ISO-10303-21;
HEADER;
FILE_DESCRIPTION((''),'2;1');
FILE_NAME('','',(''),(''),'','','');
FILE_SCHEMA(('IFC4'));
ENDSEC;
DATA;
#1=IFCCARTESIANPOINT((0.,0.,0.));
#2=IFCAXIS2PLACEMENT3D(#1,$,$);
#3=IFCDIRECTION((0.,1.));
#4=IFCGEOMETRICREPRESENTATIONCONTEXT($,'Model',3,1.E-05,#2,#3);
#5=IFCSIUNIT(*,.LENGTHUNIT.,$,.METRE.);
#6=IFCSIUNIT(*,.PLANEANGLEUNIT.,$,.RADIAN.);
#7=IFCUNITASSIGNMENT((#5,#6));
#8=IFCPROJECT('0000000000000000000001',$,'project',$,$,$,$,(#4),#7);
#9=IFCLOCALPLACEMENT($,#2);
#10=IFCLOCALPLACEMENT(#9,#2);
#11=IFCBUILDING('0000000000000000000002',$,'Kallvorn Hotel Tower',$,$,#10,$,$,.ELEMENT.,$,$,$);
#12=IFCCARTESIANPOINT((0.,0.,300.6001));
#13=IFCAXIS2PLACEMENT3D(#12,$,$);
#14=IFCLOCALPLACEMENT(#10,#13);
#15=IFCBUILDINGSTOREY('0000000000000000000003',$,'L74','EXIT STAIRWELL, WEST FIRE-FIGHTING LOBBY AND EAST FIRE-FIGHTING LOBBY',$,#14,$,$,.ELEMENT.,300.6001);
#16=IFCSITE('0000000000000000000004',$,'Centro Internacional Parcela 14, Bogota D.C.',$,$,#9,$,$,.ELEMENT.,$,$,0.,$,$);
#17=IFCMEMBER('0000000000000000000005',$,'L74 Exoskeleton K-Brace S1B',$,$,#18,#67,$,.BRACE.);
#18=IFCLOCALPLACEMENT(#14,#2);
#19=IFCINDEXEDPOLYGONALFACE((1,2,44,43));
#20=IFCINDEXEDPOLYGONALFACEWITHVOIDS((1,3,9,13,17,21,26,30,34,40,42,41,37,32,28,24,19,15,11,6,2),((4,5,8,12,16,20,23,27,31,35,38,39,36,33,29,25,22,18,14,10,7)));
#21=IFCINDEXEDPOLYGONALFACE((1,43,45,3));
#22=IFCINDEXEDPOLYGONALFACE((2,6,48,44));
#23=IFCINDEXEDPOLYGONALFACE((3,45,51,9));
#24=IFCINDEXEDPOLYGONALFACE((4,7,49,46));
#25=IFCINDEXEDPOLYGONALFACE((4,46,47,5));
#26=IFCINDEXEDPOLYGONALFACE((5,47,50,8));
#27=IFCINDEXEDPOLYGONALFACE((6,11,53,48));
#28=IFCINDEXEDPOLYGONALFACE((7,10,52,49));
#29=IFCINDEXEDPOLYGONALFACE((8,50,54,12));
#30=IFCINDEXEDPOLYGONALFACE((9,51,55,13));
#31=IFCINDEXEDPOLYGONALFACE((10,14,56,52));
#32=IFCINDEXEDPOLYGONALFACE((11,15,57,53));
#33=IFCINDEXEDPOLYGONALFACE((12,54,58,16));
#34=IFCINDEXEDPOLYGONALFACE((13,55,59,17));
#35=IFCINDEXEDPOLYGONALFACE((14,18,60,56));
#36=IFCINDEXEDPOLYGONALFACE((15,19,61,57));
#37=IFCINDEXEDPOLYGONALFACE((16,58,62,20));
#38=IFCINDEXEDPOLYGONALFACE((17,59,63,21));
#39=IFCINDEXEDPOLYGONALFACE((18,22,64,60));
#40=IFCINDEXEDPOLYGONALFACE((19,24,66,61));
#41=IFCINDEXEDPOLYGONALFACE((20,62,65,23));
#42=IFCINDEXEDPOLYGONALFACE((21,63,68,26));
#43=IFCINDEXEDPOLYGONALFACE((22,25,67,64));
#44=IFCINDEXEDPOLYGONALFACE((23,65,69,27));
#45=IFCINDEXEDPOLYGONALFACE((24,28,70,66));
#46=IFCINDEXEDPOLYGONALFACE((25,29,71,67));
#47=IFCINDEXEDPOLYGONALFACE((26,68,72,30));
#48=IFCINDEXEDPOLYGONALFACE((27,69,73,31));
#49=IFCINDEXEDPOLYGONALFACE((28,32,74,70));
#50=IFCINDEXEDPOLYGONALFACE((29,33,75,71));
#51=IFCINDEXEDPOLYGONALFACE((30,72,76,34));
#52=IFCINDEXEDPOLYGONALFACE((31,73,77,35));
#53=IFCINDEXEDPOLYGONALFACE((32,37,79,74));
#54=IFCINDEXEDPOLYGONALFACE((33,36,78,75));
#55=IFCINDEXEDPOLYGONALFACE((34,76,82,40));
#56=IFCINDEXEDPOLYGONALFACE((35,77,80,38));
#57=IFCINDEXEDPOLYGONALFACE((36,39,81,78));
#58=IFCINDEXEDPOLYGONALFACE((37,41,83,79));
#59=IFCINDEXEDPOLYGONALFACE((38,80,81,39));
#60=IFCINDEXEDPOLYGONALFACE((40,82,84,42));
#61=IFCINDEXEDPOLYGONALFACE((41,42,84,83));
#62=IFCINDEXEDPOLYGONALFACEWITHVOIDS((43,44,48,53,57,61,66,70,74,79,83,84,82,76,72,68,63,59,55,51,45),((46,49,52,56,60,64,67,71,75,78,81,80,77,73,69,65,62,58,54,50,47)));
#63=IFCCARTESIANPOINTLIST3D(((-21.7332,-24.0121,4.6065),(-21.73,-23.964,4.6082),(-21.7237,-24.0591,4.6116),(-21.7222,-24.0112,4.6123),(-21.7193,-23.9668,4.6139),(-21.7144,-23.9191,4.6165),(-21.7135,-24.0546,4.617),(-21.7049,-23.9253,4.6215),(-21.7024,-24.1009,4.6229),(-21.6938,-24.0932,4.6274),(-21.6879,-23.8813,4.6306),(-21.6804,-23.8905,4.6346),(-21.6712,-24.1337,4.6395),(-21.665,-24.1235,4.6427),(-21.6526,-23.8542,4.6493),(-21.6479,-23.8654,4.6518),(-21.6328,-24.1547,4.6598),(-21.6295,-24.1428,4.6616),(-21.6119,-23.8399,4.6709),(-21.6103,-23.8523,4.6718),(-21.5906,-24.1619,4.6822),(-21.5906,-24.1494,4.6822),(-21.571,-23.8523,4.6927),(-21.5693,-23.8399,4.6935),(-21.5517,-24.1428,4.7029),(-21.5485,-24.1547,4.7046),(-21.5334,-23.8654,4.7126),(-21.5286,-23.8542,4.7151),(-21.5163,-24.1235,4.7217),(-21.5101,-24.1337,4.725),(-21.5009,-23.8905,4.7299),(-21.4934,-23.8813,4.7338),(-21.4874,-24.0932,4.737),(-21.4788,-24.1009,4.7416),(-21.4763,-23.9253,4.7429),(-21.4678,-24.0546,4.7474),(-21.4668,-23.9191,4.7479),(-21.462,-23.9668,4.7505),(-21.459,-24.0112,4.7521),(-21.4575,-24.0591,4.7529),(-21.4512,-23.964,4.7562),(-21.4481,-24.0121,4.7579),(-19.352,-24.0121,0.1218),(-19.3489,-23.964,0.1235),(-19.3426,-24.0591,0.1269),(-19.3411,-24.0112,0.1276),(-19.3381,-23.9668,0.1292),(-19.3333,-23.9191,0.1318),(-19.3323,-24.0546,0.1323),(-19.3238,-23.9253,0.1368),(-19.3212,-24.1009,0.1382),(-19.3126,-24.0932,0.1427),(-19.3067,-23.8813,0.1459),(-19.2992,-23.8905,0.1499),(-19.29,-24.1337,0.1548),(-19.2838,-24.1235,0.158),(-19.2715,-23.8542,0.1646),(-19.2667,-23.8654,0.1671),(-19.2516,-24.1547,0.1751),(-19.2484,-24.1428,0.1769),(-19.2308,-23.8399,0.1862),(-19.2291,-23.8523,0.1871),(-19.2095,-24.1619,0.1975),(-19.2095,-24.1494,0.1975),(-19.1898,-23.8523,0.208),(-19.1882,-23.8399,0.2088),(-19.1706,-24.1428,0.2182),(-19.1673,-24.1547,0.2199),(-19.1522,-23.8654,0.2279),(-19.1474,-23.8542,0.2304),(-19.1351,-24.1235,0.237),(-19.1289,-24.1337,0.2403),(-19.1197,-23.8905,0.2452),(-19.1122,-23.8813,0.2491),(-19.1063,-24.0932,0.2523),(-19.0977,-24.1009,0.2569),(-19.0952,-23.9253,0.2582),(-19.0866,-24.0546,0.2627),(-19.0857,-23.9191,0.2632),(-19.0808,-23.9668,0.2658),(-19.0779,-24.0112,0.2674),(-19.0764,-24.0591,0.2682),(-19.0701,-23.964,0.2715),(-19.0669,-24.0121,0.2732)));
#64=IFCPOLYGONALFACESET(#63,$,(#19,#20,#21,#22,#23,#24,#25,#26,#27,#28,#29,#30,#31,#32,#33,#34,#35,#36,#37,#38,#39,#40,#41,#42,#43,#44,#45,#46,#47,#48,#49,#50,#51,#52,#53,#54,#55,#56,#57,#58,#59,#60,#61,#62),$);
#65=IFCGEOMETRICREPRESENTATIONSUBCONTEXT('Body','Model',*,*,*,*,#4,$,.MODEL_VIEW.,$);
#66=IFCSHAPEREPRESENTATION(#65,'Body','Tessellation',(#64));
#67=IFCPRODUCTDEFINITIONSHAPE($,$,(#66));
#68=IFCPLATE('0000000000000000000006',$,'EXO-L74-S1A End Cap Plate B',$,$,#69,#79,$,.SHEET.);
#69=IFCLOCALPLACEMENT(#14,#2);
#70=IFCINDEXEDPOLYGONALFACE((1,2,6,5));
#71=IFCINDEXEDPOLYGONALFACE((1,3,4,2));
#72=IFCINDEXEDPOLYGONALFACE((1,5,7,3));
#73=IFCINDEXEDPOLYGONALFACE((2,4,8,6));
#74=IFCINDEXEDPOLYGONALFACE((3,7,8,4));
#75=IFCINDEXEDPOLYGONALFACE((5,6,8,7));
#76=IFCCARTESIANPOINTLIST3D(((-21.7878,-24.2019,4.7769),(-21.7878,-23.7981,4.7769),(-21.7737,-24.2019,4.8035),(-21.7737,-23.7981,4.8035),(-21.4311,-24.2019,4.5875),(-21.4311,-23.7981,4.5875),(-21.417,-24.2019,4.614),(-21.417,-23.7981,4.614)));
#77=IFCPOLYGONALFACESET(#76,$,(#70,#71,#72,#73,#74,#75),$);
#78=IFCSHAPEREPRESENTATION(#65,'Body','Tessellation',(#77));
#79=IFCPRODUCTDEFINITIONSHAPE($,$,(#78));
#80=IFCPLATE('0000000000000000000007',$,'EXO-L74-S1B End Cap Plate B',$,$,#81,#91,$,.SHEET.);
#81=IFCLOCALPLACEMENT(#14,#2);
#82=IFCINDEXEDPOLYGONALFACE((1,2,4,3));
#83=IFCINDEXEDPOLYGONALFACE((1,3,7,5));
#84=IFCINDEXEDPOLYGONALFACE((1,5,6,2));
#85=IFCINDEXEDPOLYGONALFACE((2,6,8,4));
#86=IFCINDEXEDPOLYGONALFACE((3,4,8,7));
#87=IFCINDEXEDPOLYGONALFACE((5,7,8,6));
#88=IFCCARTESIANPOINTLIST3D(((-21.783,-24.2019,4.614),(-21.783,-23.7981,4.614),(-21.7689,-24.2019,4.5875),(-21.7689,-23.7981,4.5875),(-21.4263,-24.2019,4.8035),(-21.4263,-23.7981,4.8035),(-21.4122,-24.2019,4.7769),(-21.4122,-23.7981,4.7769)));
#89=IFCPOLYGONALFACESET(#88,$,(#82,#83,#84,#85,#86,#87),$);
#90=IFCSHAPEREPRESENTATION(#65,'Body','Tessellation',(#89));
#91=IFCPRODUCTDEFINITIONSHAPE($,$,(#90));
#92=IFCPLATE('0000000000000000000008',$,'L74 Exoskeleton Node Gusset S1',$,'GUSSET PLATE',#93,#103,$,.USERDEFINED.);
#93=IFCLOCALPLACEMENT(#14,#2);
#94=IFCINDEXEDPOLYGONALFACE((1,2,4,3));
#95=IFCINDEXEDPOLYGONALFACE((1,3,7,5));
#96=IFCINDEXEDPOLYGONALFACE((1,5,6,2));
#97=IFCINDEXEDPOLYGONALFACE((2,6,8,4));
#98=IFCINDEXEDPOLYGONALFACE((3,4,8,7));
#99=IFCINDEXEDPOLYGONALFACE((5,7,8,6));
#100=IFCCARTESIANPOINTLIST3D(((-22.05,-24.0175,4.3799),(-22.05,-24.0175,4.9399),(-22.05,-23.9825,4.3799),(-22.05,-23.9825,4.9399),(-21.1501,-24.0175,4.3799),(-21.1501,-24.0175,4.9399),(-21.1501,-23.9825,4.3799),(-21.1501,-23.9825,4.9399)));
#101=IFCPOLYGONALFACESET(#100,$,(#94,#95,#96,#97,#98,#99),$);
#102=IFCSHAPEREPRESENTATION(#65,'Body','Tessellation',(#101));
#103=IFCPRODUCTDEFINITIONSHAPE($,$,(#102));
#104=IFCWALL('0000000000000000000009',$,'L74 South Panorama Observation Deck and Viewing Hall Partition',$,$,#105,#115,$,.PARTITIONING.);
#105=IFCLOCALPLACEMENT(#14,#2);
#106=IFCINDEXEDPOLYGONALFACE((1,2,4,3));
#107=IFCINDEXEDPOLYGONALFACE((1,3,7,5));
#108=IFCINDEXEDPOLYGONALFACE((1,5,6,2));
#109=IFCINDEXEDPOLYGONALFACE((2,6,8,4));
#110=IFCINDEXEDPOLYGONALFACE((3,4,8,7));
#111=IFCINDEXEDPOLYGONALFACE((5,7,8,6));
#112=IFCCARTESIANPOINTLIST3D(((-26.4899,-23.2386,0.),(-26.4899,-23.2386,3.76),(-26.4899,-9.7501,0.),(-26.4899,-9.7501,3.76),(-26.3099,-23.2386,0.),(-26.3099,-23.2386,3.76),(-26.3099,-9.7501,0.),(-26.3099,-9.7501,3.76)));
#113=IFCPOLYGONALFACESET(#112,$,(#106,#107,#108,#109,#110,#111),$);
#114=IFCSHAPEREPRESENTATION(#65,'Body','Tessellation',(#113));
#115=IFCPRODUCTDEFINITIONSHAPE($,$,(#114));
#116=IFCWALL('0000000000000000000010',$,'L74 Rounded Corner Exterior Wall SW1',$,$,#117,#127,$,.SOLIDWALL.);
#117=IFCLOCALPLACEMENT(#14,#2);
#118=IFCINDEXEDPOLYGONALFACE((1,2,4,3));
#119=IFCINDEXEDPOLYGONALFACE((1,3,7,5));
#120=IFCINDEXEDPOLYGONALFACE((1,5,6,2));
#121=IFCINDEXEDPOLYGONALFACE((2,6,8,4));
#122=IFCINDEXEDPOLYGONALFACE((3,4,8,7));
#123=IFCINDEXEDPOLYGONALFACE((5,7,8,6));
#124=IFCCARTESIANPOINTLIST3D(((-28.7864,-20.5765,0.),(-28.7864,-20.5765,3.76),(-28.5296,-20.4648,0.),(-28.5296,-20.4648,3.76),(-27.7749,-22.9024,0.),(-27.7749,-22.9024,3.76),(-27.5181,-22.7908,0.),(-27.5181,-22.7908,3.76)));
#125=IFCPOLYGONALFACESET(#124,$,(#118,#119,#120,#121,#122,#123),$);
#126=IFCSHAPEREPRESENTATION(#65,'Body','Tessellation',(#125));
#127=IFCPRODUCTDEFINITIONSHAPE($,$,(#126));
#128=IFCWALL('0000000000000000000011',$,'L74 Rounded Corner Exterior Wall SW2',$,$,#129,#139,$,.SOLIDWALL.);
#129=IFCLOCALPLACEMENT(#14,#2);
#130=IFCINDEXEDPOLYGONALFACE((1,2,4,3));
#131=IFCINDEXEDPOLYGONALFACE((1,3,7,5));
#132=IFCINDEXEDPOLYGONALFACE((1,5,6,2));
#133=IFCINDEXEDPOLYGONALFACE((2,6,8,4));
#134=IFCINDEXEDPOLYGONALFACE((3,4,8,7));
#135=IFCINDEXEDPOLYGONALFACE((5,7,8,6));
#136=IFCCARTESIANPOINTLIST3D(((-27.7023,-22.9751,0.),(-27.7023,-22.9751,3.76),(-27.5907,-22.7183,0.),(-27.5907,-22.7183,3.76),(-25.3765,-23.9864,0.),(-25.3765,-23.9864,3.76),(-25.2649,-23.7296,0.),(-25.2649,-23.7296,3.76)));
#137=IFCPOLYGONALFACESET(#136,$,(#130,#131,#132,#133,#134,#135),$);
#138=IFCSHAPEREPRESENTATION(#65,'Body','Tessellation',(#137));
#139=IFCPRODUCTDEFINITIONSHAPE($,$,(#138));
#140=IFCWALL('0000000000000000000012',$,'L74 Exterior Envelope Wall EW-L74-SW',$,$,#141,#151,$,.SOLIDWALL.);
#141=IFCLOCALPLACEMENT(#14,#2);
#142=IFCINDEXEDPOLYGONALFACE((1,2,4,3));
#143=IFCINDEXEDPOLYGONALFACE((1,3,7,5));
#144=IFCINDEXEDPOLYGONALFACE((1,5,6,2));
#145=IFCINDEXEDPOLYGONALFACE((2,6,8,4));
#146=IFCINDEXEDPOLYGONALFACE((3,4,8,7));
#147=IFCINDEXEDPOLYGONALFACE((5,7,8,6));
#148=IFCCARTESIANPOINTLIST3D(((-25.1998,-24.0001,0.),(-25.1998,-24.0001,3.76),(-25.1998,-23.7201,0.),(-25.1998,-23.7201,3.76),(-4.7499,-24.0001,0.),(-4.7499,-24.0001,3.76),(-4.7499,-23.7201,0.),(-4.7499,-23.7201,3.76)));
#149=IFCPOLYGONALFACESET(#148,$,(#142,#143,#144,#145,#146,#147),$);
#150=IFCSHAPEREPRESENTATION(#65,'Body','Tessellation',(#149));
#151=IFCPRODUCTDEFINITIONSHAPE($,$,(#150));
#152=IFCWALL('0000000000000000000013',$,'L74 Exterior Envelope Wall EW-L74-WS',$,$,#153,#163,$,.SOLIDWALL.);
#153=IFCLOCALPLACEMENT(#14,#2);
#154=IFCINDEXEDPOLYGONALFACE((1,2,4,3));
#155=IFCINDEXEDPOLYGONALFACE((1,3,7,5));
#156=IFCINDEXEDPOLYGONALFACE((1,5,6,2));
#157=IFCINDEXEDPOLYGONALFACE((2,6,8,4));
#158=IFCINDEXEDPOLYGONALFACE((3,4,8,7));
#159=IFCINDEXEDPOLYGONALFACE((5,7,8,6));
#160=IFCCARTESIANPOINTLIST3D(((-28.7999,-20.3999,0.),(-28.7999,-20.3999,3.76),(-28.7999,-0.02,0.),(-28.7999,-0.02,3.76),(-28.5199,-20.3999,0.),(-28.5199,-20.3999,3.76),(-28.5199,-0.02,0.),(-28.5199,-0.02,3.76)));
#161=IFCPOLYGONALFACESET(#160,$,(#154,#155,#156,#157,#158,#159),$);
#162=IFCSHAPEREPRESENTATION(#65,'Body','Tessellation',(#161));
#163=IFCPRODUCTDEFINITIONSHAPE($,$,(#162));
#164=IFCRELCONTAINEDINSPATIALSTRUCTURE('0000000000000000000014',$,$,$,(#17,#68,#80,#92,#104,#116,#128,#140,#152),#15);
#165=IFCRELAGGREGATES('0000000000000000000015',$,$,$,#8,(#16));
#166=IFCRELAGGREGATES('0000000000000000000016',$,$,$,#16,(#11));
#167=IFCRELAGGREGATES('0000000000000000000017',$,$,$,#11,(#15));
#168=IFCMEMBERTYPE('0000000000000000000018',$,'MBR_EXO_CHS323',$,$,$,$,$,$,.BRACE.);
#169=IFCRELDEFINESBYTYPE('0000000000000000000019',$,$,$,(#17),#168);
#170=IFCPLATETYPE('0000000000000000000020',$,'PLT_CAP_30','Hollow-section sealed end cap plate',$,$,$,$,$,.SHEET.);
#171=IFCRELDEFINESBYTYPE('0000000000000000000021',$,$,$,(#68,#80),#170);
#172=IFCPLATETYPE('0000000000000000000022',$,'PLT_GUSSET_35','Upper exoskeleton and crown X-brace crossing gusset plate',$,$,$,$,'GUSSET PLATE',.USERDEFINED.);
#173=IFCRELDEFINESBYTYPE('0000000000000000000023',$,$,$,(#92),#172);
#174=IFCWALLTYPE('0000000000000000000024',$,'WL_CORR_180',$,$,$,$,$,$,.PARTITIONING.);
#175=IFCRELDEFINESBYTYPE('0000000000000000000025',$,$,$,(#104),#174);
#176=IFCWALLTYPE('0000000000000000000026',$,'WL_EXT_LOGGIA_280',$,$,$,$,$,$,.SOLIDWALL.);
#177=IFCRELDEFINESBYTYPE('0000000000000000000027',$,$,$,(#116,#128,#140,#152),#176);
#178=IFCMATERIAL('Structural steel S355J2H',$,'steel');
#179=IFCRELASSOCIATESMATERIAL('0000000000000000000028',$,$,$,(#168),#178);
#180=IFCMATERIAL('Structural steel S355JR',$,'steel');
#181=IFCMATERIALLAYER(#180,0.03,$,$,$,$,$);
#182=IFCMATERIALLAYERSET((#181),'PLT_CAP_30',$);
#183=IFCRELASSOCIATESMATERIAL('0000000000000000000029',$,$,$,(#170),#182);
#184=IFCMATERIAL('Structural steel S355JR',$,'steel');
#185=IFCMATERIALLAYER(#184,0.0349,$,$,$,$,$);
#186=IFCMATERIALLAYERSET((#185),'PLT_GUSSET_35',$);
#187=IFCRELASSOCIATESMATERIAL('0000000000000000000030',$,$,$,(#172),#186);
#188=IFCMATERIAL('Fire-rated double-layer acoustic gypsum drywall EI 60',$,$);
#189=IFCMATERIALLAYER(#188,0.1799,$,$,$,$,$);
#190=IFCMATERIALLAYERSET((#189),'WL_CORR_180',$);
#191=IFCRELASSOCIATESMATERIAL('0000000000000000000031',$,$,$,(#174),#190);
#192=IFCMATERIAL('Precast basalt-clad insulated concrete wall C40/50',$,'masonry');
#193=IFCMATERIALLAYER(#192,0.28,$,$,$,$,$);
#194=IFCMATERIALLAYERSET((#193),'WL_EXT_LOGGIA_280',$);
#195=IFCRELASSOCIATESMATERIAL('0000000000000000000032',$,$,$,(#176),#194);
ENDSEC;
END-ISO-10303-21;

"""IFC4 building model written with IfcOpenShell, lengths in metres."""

from ifc_helpers import new_model, si_unit, direction, frame, frame_2d, origin, origin_2d, place, context, subcontext, project, spatial, polyline, rectangle, hollow_circle, outline, extrude, material, layer, layer_set, material_profile, profile_set, type_object, element, save


model = new_model("IFC4")

# Units and contexts
model_context = context("Model", 3, precision=1e-05, world=origin(), true_north=direction((0.0, 1.0)))
body_context = subcontext(model_context, "Body", "Model", "MODEL_VIEW")
ifc_project = project(units=[si_unit("LENGTHUNIT", "METRE"), si_unit("PLANEANGLEUNIT", "RADIAN")], contexts=[model_context])

# Site, building, storey
site_placement = place(None, origin())
site = spatial("IfcSite", under=ifc_project, at=site_placement, Name="Centro Internacional Parcela 14, Bogota D.C.", CompositionType="ELEMENT", RefElevation=0.0)
building_placement = place(site_placement, origin())
building = spatial("IfcBuilding", under=site, at=building_placement, Name="Kallvorn Hotel Tower", CompositionType="ELEMENT")
storey_placement = place(building_placement, frame((0.0, 0.0, 300.6001)))
storey = spatial("IfcBuildingStorey", under=building, at=storey_placement, Name="L74", Description="EXIT STAIRWELL, WEST FIRE-FIGHTING LOBBY AND EAST FIRE-FIGHTING LOBBY", CompositionType="ELEMENT", Elevation=300.6001)

# Member
ifc_material_1 = material(Name="Structural steel S355J2H", Category="steel")
ifc_material_profile_1 = material_profile(ifc_material_1, hollow_circle(Radius=0.1619, WallThickness=0.0125, at=origin_2d()), Name="CHS 323.9x12.5")
ifc_profile_set_1 = profile_set([ifc_material_profile_1], Name="Structural steel S355J2H")
member_type = type_object("IfcMemberType", Name="MBR_EXO_CHS323", PredefinedType="BRACE", material=ifc_profile_set_1)
for number, where, z_axis, x_axis, name in (
    (1, (-19.2095, -24.0, 0.1975), (-0.468948, 0.0, 0.883226), (0.0, -1.0, 0.0), "L74 Exoskeleton K-Brace S1B"),
):
    element("IfcMember", number, at=place(storey_placement, frame(where, z_axis=z_axis, x_axis=x_axis)), inside=storey, type_object=member_type, Name=name, PredefinedType="BRACE", context=body_context, shape_type="SweptSolid", body=[
        extrude(hollow_circle(Radius=0.1619, WallThickness=0.0125, at=origin_2d()), origin(), (0.0, 0.0, 1.0), 5.0776),
    ])

# Plates
ifc_material_2 = material(Name="Structural steel S355JR", Category="steel")
ifc_layer_1 = layer(ifc_material_2, 0.03)
ifc_layer_set_1 = layer_set([ifc_layer_1], Name="PLT_CAP_30")
plate_type_1 = type_object("IfcPlateType", Name="PLT_CAP_30", Description="Hollow-section sealed end cap plate", PredefinedType="SHEET", material=ifc_layer_set_1)
for number, where, z_axis, x_axis, name in (
    (2, (-21.417, -24.2019, 4.614), (0.469082, 0.0, 0.883155), (0.0, 1.0, 0.0), "EXO-L74-S1A End Cap Plate B"),
    (3, (-21.783, -23.7981, 4.614), (-0.469082, 0.0, 0.883155), (0.0, -1.0, 0.0), "EXO-L74-S1B End Cap Plate B"),
):
    element("IfcPlate", number, at=place(storey_placement, frame(where, z_axis=z_axis, x_axis=x_axis)), inside=storey, type_object=plate_type_1, Name=name, PredefinedType="SHEET", context=body_context, shape_type="SweptSolid", body=[
        extrude(outline(polyline([(0.0, 0.0), (0.4038, 0.0), (0.4038, 0.4039), (0.0, 0.4039), (0.0, 0.0)])), origin(), (0.0, 0.0, -1.0), 0.03),
    ])
ifc_material_3 = material(Name="Structural steel S355JR", Category="steel")
ifc_layer_2 = layer(ifc_material_3, 0.0349)
ifc_layer_set_2 = layer_set([ifc_layer_2], Name="PLT_GUSSET_35")
plate_type_2 = type_object("IfcPlateType", Name="PLT_GUSSET_35", Description="Upper exoskeleton and crown X-brace crossing gusset plate", ElementType="GUSSET PLATE", PredefinedType="USERDEFINED", material=ifc_layer_set_2)
plate_placement = place(storey_placement, frame((-21.6001, -24.0, 4.3799), z_axis=(0.0, 0.0, 1.0), x_axis=(1.0, 0.0, 0.0)))
element("IfcPlate", 4, at=plate_placement, inside=storey, type_object=plate_type_2, Name="L74 Exoskeleton Node Gusset S1", ObjectType="GUSSET PLATE", PredefinedType="USERDEFINED", context=body_context, shape_type="SweptSolid", body=[
    extrude(rectangle(XDim=0.8999, YDim=0.0349, at=origin_2d()), origin(), (0.0, 0.0, 1.0), 0.5601),
])

# Walls
ifc_material_4 = material(Name="Fire-rated double-layer acoustic gypsum drywall EI 60")
ifc_layer_3 = layer(ifc_material_4, 0.1799)
ifc_layer_set_3 = layer_set([ifc_layer_3], Name="WL_CORR_180")
wall_type_1 = type_object("IfcWallType", Name="WL_CORR_180", PredefinedType="PARTITIONING", material=ifc_layer_set_3)
wall_1_placement = place(storey_placement, frame((-26.3999, -23.2385, 0.0), z_axis=(0.0, 0.0, 1.0), x_axis=(0.0, 1.0, 0.0)))
element("IfcWall", 5, at=wall_1_placement, inside=storey, type_object=wall_type_1, Name="L74 South Panorama Observation Deck and Viewing Hall Partition", PredefinedType="PARTITIONING", context=body_context, shape_type="SweptSolid", body=[
    extrude(rectangle(XDim=13.4885, YDim=0.1799, at=frame_2d((6.7441, 0.0))), origin(), (0.0, 0.0, 1.0), 3.76),
])
ifc_material_5 = material(Name="Precast basalt-clad insulated concrete wall C40/50", Category="masonry")
ifc_layer_4 = layer(ifc_material_5, 0.28)
ifc_layer_set_4 = layer_set([ifc_layer_4], Name="WL_EXT_LOGGIA_280")
wall_type_2 = type_object("IfcWallType", Name="WL_EXT_LOGGIA_280", PredefinedType="SOLIDWALL", material=ifc_layer_set_4)
wall_2_placement = place(storey_placement, frame((-28.658, -20.5208, 0.0), z_axis=(0.0, 0.0, 1.0), x_axis=(0.398793, -0.917041, 0.0)))
element("IfcWall", 6, at=wall_2_placement, inside=storey, type_object=wall_type_2, Name="L74 Rounded Corner Exterior Wall SW1", PredefinedType="SOLIDWALL", context=body_context, shape_type="SweptSolid", body=[
    extrude(rectangle(XDim=2.5364, YDim=0.28, at=frame_2d((1.2681, 0.0))), origin(), (0.0, 0.0, 1.0), 3.76),
])
wall_3_placement = place(storey_placement, frame((-27.6465, -22.8467, 0.0), z_axis=(0.0, 0.0, 1.0), x_axis=(0.917061, -0.398747, 0.0)))
element("IfcWall", 7, at=wall_3_placement, inside=storey, type_object=wall_type_2, Name="L74 Rounded Corner Exterior Wall SW2", PredefinedType="SOLIDWALL", context=body_context, shape_type="SweptSolid", body=[
    extrude(rectangle(XDim=2.5361, YDim=0.28, at=frame_2d((1.2681, 0.0))), origin(), (0.0, 0.0, 1.0), 3.76),
])
wall_4_placement = place(storey_placement, frame((-25.2, -23.8601, 0.0), z_axis=(0.0, 0.0, 1.0), x_axis=(1.0, 0.0, 0.0)))
element("IfcWall", 8, at=wall_4_placement, inside=storey, type_object=wall_type_2, Name="L74 Exterior Envelope Wall EW-L74-SW", PredefinedType="SOLIDWALL", context=body_context, shape_type="SweptSolid", body=[
    extrude(rectangle(XDim=20.45, YDim=0.28, at=frame_2d((10.2251, 0.0))), origin(), (0.0, 0.0, 1.0), 3.76),
])
wall_5_placement = place(storey_placement, frame((-28.6599, -20.3999, 0.0), z_axis=(0.0, 0.0, 1.0), x_axis=(0.0, 1.0, 0.0)))
element("IfcWall", 9, at=wall_5_placement, inside=storey, type_object=wall_type_2, Name="L74 Exterior Envelope Wall EW-L74-WS", PredefinedType="SOLIDWALL", context=body_context, shape_type="SweptSolid", body=[
    extrude(rectangle(XDim=20.3799, YDim=0.28, at=frame_2d((10.1899, 0.0))), origin(), (0.0, 0.0, 1.0), 3.76),
])

save(model, "model.ifc")
